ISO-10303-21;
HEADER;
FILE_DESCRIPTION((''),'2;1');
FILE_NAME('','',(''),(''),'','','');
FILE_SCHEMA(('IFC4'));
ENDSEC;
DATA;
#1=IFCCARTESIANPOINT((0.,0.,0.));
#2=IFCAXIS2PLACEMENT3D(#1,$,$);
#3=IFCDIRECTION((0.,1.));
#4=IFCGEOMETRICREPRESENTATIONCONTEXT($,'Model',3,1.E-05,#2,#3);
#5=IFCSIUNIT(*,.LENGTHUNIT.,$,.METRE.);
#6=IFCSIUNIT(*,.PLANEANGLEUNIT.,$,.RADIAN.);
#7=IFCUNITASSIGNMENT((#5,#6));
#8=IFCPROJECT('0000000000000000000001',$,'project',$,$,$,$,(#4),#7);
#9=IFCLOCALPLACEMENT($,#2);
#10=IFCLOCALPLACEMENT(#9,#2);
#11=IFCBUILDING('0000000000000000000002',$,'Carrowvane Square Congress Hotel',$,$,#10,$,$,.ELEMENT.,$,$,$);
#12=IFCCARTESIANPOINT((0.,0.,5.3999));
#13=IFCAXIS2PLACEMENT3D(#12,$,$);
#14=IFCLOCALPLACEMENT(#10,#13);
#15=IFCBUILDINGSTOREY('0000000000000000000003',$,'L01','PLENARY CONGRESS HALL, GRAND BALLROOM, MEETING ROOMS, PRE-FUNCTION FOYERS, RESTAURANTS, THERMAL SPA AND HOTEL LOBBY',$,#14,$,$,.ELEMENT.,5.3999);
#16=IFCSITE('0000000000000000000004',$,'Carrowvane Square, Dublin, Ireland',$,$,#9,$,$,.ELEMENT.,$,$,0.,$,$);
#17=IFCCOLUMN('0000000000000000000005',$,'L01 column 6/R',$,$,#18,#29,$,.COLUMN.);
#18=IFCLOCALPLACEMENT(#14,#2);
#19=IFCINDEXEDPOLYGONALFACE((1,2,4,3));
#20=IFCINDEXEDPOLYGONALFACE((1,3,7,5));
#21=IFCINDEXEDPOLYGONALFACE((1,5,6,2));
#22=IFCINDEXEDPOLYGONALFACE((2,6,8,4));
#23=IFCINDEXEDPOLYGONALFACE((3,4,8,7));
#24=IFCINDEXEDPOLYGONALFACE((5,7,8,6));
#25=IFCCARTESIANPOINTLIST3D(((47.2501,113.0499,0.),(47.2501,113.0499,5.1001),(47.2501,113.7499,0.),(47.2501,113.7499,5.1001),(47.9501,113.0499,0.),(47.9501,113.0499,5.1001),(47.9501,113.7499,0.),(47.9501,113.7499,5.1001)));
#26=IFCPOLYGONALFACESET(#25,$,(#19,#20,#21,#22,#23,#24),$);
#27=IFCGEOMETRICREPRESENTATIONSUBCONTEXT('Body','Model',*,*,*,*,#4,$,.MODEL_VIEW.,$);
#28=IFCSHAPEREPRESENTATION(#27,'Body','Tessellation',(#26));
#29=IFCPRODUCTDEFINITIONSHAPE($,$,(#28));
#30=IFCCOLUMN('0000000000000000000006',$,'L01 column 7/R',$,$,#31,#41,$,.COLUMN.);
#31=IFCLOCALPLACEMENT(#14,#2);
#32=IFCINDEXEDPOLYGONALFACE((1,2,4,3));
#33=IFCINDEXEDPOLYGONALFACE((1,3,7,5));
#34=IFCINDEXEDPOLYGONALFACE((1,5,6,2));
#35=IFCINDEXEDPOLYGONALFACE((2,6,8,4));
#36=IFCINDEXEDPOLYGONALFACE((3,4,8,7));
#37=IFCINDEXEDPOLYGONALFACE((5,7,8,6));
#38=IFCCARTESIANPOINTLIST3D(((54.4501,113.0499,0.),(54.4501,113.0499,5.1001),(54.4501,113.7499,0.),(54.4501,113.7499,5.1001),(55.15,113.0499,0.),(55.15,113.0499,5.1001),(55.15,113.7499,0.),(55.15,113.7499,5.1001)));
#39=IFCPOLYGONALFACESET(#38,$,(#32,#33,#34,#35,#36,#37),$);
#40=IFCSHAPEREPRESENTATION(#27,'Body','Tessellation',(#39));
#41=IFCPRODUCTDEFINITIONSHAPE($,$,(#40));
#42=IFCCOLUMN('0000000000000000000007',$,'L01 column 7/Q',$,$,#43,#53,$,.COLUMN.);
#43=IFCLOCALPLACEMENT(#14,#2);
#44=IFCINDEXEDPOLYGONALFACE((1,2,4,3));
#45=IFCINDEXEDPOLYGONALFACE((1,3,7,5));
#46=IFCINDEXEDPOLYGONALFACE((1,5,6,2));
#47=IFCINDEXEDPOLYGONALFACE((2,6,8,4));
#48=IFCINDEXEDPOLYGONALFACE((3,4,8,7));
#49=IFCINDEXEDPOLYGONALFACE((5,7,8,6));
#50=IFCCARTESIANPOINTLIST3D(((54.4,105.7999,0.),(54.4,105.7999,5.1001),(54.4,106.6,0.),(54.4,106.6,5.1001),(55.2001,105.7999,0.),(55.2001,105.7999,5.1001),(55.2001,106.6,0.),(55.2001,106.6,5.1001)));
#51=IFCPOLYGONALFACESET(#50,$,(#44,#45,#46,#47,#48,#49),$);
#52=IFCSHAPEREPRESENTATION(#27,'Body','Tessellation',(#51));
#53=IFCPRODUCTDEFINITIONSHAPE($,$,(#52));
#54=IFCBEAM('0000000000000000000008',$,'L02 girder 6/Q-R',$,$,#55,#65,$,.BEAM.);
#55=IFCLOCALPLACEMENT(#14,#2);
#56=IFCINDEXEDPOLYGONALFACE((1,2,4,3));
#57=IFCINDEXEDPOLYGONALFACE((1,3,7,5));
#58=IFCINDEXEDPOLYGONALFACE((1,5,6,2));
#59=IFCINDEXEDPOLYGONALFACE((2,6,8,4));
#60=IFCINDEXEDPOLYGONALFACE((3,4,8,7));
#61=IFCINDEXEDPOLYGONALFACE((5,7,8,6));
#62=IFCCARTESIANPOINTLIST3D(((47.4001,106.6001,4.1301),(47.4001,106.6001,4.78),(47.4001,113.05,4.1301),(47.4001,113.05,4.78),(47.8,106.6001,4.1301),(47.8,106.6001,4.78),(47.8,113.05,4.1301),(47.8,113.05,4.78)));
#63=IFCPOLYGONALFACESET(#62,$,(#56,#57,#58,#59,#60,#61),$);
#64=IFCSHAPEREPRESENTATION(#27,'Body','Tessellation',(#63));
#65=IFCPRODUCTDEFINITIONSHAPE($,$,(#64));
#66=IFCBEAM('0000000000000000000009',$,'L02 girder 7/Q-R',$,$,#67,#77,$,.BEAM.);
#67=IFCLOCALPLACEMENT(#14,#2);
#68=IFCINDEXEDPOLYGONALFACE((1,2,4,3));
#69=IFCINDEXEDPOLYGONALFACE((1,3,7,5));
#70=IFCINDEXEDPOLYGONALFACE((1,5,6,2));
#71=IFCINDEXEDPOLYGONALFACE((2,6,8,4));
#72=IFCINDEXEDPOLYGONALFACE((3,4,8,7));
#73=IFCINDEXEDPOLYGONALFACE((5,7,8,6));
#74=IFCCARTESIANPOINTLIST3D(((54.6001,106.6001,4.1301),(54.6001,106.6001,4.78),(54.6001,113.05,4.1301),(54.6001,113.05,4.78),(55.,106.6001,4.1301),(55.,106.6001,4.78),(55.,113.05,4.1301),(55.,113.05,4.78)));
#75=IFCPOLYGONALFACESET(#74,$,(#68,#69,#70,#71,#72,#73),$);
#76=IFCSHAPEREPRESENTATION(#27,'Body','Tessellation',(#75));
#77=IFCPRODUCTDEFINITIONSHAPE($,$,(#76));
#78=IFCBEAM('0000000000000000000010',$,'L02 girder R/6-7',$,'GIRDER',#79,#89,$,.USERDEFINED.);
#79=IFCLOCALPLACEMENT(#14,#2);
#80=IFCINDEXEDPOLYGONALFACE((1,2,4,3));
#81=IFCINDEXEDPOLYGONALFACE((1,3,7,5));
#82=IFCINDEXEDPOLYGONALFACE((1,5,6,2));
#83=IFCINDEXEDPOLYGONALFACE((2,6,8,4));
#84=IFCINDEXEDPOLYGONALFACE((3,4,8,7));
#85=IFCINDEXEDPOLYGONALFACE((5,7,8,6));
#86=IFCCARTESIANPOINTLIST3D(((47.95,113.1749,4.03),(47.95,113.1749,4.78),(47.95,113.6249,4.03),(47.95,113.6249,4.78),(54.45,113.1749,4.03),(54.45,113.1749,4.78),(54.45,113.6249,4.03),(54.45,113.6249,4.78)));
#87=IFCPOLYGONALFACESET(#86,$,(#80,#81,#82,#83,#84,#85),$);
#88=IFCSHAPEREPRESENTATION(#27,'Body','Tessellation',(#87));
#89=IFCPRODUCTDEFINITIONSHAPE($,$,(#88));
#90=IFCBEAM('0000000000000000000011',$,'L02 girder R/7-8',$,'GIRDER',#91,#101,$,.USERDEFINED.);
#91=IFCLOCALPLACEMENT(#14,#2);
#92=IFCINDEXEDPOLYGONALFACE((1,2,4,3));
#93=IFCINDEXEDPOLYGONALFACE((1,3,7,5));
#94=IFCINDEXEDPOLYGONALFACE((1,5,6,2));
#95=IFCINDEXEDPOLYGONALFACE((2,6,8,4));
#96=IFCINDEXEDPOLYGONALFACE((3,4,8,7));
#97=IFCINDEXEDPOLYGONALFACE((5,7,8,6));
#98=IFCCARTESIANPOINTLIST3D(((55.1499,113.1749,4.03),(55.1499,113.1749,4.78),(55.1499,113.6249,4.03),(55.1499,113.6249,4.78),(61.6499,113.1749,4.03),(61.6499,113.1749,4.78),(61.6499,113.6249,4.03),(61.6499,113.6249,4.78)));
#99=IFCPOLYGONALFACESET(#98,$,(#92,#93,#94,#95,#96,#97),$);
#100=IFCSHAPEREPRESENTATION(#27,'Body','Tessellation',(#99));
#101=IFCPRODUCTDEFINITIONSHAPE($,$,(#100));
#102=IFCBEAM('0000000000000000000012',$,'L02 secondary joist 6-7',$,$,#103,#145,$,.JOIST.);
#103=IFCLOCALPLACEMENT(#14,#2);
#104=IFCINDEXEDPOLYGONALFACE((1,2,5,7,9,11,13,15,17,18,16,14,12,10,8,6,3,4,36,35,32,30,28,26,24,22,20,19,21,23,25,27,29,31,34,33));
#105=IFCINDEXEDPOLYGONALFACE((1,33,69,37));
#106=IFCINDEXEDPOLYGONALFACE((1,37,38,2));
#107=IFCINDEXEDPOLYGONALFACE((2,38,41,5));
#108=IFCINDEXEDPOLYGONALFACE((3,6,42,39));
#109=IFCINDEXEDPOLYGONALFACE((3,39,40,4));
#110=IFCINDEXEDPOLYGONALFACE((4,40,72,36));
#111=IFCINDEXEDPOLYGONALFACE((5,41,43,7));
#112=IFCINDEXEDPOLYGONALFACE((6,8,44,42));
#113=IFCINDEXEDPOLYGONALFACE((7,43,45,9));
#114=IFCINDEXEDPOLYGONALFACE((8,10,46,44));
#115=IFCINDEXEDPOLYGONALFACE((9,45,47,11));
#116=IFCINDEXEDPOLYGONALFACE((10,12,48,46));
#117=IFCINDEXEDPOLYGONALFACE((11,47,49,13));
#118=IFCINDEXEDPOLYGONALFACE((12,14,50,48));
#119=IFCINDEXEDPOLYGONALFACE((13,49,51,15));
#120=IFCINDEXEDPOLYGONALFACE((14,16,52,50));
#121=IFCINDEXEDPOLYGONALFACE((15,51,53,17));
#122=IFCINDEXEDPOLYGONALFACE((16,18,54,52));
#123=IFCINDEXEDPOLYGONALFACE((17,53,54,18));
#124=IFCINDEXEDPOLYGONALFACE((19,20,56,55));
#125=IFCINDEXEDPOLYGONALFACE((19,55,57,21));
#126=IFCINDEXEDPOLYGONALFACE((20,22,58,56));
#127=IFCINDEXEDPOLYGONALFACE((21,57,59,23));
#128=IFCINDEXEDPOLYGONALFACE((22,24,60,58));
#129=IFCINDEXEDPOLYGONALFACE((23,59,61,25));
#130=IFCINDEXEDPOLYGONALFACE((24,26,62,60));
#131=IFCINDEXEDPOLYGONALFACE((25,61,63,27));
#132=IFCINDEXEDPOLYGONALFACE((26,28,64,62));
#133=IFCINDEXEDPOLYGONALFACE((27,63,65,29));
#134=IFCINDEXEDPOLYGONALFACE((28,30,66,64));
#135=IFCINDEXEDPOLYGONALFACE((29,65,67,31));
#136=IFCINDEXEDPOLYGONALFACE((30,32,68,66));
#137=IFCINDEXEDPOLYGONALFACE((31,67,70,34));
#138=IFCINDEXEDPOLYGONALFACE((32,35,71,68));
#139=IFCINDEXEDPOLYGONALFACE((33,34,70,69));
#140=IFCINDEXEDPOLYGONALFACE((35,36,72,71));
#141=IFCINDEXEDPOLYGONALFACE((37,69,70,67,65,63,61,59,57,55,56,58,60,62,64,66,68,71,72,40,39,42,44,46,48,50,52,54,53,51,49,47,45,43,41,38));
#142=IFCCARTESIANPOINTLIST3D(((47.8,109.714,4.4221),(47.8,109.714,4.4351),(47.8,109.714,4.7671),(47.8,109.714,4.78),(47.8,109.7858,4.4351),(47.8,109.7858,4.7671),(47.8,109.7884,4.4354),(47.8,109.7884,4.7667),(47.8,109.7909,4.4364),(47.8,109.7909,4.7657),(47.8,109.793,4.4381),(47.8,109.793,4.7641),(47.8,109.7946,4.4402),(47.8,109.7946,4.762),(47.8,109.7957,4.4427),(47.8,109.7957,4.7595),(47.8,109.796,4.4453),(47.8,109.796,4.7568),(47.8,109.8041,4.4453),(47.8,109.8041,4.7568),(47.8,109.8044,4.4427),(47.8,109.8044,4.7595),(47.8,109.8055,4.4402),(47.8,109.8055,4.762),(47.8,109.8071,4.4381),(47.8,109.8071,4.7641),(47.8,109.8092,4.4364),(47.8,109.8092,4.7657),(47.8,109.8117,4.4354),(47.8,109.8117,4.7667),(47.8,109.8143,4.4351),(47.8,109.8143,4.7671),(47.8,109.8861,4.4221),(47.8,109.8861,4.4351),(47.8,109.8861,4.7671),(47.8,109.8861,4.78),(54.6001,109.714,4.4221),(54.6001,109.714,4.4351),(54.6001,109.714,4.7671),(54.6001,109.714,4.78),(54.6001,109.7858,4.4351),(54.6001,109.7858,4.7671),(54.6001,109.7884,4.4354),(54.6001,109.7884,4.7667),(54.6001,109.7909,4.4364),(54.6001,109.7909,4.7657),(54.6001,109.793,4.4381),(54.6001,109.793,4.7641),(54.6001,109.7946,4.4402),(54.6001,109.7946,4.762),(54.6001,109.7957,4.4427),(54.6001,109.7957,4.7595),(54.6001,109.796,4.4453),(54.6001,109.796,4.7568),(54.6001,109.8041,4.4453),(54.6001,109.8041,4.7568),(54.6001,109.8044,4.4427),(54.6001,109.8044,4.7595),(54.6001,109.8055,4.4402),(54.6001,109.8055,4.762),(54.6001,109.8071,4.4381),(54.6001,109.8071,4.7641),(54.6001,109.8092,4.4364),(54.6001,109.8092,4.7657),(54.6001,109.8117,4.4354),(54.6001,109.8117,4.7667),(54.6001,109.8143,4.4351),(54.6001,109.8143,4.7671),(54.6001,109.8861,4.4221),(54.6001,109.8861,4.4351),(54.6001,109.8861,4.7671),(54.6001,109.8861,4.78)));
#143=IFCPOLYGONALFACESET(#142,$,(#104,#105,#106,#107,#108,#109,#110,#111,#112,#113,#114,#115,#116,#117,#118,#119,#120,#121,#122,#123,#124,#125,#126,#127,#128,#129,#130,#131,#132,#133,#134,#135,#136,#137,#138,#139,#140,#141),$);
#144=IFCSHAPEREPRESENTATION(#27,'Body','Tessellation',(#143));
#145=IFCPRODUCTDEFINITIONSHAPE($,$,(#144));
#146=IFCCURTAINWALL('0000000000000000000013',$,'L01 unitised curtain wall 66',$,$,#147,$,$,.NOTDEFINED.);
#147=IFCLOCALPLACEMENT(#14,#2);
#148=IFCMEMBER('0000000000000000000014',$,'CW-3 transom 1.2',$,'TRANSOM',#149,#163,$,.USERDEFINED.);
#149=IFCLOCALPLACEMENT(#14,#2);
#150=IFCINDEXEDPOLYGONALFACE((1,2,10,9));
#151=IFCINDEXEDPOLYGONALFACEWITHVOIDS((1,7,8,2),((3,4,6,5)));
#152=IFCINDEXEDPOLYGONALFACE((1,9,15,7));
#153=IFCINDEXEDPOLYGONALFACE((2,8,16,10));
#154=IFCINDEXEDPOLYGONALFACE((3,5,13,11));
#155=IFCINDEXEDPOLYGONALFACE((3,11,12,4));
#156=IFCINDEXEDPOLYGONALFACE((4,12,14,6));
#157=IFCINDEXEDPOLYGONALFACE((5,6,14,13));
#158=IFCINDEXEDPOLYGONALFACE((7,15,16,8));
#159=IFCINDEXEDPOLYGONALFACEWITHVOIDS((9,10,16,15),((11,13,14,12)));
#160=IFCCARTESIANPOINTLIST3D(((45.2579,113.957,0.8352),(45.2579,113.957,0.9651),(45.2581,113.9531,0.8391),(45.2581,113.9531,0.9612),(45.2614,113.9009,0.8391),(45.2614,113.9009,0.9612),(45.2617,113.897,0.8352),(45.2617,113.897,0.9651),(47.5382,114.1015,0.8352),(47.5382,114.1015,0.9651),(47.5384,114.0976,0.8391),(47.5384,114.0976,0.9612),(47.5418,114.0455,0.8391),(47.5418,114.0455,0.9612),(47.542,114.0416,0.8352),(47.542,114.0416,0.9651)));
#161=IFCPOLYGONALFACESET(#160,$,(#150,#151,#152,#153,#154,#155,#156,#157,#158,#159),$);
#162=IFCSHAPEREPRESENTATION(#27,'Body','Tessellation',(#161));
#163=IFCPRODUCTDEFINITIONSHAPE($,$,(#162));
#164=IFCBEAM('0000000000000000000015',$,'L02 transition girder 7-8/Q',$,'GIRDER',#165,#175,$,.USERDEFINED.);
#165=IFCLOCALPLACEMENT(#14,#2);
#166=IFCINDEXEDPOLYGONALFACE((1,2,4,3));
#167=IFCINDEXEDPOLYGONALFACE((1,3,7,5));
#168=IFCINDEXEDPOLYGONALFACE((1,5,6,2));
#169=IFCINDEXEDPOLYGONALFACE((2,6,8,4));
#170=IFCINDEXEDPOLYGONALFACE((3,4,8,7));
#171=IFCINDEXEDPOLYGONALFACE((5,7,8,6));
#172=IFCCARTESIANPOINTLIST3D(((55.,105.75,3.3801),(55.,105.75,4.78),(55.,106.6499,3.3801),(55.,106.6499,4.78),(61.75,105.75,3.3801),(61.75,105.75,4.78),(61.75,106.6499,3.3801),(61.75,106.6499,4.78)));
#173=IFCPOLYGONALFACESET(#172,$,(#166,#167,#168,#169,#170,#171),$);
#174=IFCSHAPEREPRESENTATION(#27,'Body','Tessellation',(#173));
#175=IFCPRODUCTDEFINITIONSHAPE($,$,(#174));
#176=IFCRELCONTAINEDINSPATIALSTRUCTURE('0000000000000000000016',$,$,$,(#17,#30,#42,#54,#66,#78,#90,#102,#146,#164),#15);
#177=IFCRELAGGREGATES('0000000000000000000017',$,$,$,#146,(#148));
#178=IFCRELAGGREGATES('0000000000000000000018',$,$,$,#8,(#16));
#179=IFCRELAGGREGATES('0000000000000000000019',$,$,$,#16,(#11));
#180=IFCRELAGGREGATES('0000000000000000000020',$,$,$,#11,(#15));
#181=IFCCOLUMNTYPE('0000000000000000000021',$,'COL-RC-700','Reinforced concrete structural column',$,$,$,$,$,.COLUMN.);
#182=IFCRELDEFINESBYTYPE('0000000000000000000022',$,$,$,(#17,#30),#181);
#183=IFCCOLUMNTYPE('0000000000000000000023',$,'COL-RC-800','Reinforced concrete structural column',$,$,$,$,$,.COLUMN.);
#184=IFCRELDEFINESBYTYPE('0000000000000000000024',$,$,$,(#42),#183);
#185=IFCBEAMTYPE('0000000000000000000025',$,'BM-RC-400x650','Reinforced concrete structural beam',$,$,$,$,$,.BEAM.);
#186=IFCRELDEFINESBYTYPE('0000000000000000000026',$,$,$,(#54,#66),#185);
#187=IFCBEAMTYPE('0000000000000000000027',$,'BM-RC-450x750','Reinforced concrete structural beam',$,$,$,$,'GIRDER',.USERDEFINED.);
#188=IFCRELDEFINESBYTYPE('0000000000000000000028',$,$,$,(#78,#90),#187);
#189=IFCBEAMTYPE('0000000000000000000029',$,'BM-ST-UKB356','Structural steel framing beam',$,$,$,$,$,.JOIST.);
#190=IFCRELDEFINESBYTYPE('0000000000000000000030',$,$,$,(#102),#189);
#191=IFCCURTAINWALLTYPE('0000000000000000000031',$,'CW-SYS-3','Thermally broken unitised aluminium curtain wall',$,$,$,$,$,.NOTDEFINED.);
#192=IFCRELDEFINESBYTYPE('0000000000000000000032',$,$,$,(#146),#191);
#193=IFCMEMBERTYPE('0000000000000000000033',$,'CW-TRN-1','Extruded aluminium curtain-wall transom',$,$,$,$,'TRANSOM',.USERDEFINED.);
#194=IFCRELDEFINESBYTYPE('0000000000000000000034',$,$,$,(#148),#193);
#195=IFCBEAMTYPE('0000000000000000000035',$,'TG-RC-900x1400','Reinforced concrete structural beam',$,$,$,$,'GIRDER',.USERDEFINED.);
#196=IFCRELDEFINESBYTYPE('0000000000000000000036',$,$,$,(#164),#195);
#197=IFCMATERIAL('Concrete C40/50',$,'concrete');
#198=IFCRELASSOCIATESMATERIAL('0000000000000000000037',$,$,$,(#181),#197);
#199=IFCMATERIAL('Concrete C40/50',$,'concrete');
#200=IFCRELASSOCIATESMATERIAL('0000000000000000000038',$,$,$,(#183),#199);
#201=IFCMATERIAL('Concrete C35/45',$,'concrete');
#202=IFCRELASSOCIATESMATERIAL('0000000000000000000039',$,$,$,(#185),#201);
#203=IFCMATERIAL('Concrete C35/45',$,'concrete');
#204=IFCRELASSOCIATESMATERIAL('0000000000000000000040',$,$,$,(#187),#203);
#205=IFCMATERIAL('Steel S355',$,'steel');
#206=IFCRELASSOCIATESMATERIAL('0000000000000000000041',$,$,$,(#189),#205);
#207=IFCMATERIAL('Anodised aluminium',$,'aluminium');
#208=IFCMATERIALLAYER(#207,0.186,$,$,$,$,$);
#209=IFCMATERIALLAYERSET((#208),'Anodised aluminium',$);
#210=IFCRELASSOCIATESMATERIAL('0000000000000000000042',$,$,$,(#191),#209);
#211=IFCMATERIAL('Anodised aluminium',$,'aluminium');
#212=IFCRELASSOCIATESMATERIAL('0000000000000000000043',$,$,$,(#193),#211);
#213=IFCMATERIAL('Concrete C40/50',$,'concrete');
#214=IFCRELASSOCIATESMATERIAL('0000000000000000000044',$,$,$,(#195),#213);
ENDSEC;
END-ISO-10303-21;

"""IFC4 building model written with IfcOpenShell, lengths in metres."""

from ifc_helpers import new_model, si_unit, direction, frame, origin, origin_2d, place, context, subcontext, project, spatial, rectangle, hollow_rectangle, i_section, extrude, material, layer, layer_set, material_profile, profile_set, type_object, element, aggregate, save


model = new_model("IFC4")

# Units and contexts
model_context = context("Model", 3, precision=1e-05, world=origin(), true_north=direction((0.0, 1.0)))
body_context = subcontext(model_context, "Body", "Model", "MODEL_VIEW")
ifc_project = project(units=[si_unit("LENGTHUNIT", "METRE"), si_unit("PLANEANGLEUNIT", "RADIAN")], contexts=[model_context])

# Site, building, storey
site_placement = place(None, origin())
site = spatial("IfcSite", under=ifc_project, at=site_placement, Name="Carrowvane Square, Dublin, Ireland", CompositionType="ELEMENT", RefElevation=0.0)
building_placement = place(site_placement, origin())
building = spatial("IfcBuilding", under=site, at=building_placement, Name="Carrowvane Square Congress Hotel", CompositionType="ELEMENT")
storey_placement = place(building_placement, frame((0.0, 0.0, 5.3999)))
storey = spatial("IfcBuildingStorey", under=building, at=storey_placement, Name="L01", Description="PLENARY CONGRESS HALL, GRAND BALLROOM, MEETING ROOMS, PRE-FUNCTION FOYERS, RESTAURANTS, THERMAL SPA AND HOTEL LOBBY", CompositionType="ELEMENT", Elevation=5.3999)

# Columns
ifc_material_1 = material(Name="Concrete C40/50", Category="concrete")
ifc_material_profile_1 = material_profile(ifc_material_1, rectangle(XDim=0.7, YDim=0.7, at=origin_2d()), Name="RC 700x700")
ifc_profile_set_1 = profile_set([ifc_material_profile_1], Name="Concrete C40/50")
column_type_1 = type_object("IfcColumnType", Name="COL-RC-700", Description="Reinforced concrete structural column", PredefinedType="COLUMN", material=ifc_profile_set_1)
for number, where, z_axis, x_axis, name in (
    (1, (47.6001, 113.3999, 0.0), (0.0, 0.0, 1.0), (1.0, 0.0, 0.0), "L01 column 6/R"),
    (2, (54.8, 113.3999, 0.0), (0.0, 0.0, 1.0), (1.0, 0.0, 0.0), "L01 column 7/R"),
):
    element("IfcColumn", number, at=place(storey_placement, frame(where, z_axis=z_axis, x_axis=x_axis)), inside=storey, type_object=column_type_1, Name=name, PredefinedType="COLUMN", context=body_context, shape_type="SweptSolid", body=[
        extrude(rectangle(XDim=0.7, YDim=0.7, at=origin_2d()), origin(), (0.0, 0.0, 1.0), 5.1001),
    ])
ifc_material_2 = material(Name="Concrete C40/50", Category="concrete")
ifc_material_profile_2 = material_profile(ifc_material_2, rectangle(XDim=0.8, YDim=0.8, at=origin_2d()), Name="RC 800x800")
ifc_profile_set_2 = profile_set([ifc_material_profile_2], Name="Concrete C40/50")
column_type_2 = type_object("IfcColumnType", Name="COL-RC-800", Description="Reinforced concrete structural column", PredefinedType="COLUMN", material=ifc_profile_set_2)
column_placement = place(storey_placement, frame((54.8, 106.2, 0.0), z_axis=(0.0, 0.0, 1.0), x_axis=(1.0, 0.0, 0.0)))
element("IfcColumn", 3, at=column_placement, inside=storey, type_object=column_type_2, Name="L01 column 7/Q", PredefinedType="COLUMN", context=body_context, shape_type="SweptSolid", body=[
    extrude(rectangle(XDim=0.8, YDim=0.8, at=origin_2d()), origin(), (0.0, 0.0, 1.0), 5.1001),
])

# Beams
ifc_material_3 = material(Name="Concrete C35/45", Category="concrete")
ifc_material_profile_3 = material_profile(ifc_material_3, rectangle(XDim=0.3999, YDim=0.6499, at=origin_2d()), Name="RC 400x650")
ifc_profile_set_3 = profile_set([ifc_material_profile_3], Name="Concrete C35/45")
beam_type_1 = type_object("IfcBeamType", Name="BM-RC-400x650", Description="Reinforced concrete structural beam", PredefinedType="BEAM", material=ifc_profile_set_3)
for number, where, z_axis, x_axis, name in (
    (4, (47.6001, 106.6001, 4.4551), (0.0, 1.0, 0.0), (-1.0, 0.0, 0.0), "L02 girder 6/Q-R"),
    (5, (54.8, 106.6001, 4.4551), (0.0, 1.0, 0.0), (-1.0, 0.0, 0.0), "L02 girder 7/Q-R"),
):
    element("IfcBeam", number, at=place(storey_placement, frame(where, z_axis=z_axis, x_axis=x_axis)), inside=storey, type_object=beam_type_1, Name=name, PredefinedType="BEAM", context=body_context, shape_type="SweptSolid", body=[
        extrude(rectangle(XDim=0.3999, YDim=0.6499, at=origin_2d()), origin(), (0.0, 0.0, 1.0), 6.45),
    ])
ifc_material_4 = material(Name="Concrete C35/45", Category="concrete")
ifc_material_profile_4 = material_profile(ifc_material_4, rectangle(XDim=0.45, YDim=0.75, at=origin_2d()), Name="RC 450x750")
ifc_profile_set_4 = profile_set([ifc_material_profile_4], Name="Concrete C35/45")
beam_type_2 = type_object("IfcBeamType", Name="BM-RC-450x750", Description="Reinforced concrete structural beam", ElementType="GIRDER", PredefinedType="USERDEFINED", material=ifc_profile_set_4)
for number, where, z_axis, x_axis, name in (
    (6, (47.95, 113.3999, 4.405), (1.0, 0.0, 0.0), (0.0, 1.0, 0.0), "L02 girder R/6-7"),
    (7, (55.1499, 113.3999, 4.405), (1.0, 0.0, 0.0), (0.0, 1.0, 0.0), "L02 girder R/7-8"),
):
    element("IfcBeam", number, at=place(storey_placement, frame(where, z_axis=z_axis, x_axis=x_axis)), inside=storey, type_object=beam_type_2, Name=name, ObjectType="GIRDER", PredefinedType="USERDEFINED", context=body_context, shape_type="SweptSolid", body=[
        extrude(rectangle(XDim=0.45, YDim=0.75, at=origin_2d()), origin(), (0.0, 0.0, 1.0), 6.5),
    ])
ifc_material_5 = material(Name="Steel S355", Category="steel")
ifc_material_profile_5 = material_profile(ifc_material_5, i_section(OverallWidth=0.1721, OverallDepth=0.3579, WebThickness=0.0081, FlangeThickness=0.0129, FilletRadius=0.0103, at=origin_2d()), Name="UKB 356x171x57")
ifc_profile_set_5 = profile_set([ifc_material_profile_5], Name="Steel S355")
beam_type_3 = type_object("IfcBeamType", Name="BM-ST-UKB356", Description="Structural steel framing beam", PredefinedType="JOIST", material=ifc_profile_set_5)
beam_1_placement = place(storey_placement, frame((47.8, 109.8, 4.6011), z_axis=(1.0, 0.0, 0.0), x_axis=(0.0, 1.0, 0.0)))
element("IfcBeam", 8, at=beam_1_placement, inside=storey, type_object=beam_type_3, Name="L02 secondary joist 6-7", PredefinedType="JOIST", context=body_context, shape_type="SweptSolid", body=[
    extrude(i_section(OverallWidth=0.1721, OverallDepth=0.3579, WebThickness=0.0081, FlangeThickness=0.0129, FilletRadius=0.0103, at=origin_2d()), origin(), (0.0, 0.0, 1.0), 6.8),
])

# Curtain wall, member
ifc_material_6 = material(Name="Anodised aluminium", Category="aluminium")
ifc_layer_1 = layer(ifc_material_6, 0.186)
ifc_layer_set_1 = layer_set([ifc_layer_1], Name="Anodised aluminium")
curtain_wall_type = type_object("IfcCurtainWallType", Name="CW-SYS-3", Description="Thermally broken unitised aluminium curtain wall", PredefinedType="NOTDEFINED", material=ifc_layer_set_1)
curtain_wall_placement = place(storey_placement, origin())
curtain_wall = element("IfcCurtainWall", 9, at=curtain_wall_placement, inside=storey, type_object=curtain_wall_type, Name="L01 unitised curtain wall 66", PredefinedType="NOTDEFINED")
ifc_material_7 = material(Name="Anodised aluminium", Category="aluminium")
ifc_material_profile_6 = material_profile(ifc_material_7, hollow_rectangle(XDim=0.0601, YDim=0.1299, WallThickness=0.0039, at=origin_2d()), Name="CW-TR 60x130x4")
ifc_profile_set_6 = profile_set([ifc_material_profile_6], Name="Anodised aluminium")
member_type = type_object("IfcMemberType", Name="CW-TRN-1", Description="Extruded aluminium curtain-wall transom", ElementType="TRANSOM", PredefinedType="USERDEFINED", material=ifc_profile_set_6)
member_placement = place(storey_placement, frame((45.2598, 113.927, 0.9001), z_axis=(0.997997, 0.063256, 0.0), x_axis=(-0.063256, 0.997997, 0.0)))
member = element("IfcMember", 10, at=member_placement, type_object=member_type, Name="CW-3 transom 1.2", ObjectType="TRANSOM", PredefinedType="USERDEFINED", context=body_context, shape_type="SweptSolid", body=[
    extrude(hollow_rectangle(XDim=0.0601, YDim=0.1299, WallThickness=0.0039, at=origin_2d()), origin(), (0.0, 0.0, 1.0), 2.2849),
])
aggregate(curtain_wall, [member])

# Beam
ifc_material_8 = material(Name="Concrete C40/50", Category="concrete")
ifc_material_profile_7 = material_profile(ifc_material_8, rectangle(XDim=0.8999, YDim=1.3999, at=origin_2d()), Name="RC 900x1400")
ifc_profile_set_7 = profile_set([ifc_material_profile_7], Name="Concrete C40/50")
beam_type_4 = type_object("IfcBeamType", Name="TG-RC-900x1400", Description="Reinforced concrete structural beam", ElementType="GIRDER", PredefinedType="USERDEFINED", material=ifc_profile_set_7)
beam_2_placement = place(storey_placement, frame((55.0, 106.2, 4.0801), z_axis=(1.0, 0.0, 0.0), x_axis=(0.0, 1.0, 0.0)))
element("IfcBeam", 11, at=beam_2_placement, inside=storey, type_object=beam_type_4, Name="L02 transition girder 7-8/Q", ObjectType="GIRDER", PredefinedType="USERDEFINED", context=body_context, shape_type="SweptSolid", body=[
    extrude(rectangle(XDim=0.8999, YDim=1.3999, at=origin_2d()), origin(), (0.0, 0.0, 1.0), 6.75),
])

save(model, "model.ifc")
